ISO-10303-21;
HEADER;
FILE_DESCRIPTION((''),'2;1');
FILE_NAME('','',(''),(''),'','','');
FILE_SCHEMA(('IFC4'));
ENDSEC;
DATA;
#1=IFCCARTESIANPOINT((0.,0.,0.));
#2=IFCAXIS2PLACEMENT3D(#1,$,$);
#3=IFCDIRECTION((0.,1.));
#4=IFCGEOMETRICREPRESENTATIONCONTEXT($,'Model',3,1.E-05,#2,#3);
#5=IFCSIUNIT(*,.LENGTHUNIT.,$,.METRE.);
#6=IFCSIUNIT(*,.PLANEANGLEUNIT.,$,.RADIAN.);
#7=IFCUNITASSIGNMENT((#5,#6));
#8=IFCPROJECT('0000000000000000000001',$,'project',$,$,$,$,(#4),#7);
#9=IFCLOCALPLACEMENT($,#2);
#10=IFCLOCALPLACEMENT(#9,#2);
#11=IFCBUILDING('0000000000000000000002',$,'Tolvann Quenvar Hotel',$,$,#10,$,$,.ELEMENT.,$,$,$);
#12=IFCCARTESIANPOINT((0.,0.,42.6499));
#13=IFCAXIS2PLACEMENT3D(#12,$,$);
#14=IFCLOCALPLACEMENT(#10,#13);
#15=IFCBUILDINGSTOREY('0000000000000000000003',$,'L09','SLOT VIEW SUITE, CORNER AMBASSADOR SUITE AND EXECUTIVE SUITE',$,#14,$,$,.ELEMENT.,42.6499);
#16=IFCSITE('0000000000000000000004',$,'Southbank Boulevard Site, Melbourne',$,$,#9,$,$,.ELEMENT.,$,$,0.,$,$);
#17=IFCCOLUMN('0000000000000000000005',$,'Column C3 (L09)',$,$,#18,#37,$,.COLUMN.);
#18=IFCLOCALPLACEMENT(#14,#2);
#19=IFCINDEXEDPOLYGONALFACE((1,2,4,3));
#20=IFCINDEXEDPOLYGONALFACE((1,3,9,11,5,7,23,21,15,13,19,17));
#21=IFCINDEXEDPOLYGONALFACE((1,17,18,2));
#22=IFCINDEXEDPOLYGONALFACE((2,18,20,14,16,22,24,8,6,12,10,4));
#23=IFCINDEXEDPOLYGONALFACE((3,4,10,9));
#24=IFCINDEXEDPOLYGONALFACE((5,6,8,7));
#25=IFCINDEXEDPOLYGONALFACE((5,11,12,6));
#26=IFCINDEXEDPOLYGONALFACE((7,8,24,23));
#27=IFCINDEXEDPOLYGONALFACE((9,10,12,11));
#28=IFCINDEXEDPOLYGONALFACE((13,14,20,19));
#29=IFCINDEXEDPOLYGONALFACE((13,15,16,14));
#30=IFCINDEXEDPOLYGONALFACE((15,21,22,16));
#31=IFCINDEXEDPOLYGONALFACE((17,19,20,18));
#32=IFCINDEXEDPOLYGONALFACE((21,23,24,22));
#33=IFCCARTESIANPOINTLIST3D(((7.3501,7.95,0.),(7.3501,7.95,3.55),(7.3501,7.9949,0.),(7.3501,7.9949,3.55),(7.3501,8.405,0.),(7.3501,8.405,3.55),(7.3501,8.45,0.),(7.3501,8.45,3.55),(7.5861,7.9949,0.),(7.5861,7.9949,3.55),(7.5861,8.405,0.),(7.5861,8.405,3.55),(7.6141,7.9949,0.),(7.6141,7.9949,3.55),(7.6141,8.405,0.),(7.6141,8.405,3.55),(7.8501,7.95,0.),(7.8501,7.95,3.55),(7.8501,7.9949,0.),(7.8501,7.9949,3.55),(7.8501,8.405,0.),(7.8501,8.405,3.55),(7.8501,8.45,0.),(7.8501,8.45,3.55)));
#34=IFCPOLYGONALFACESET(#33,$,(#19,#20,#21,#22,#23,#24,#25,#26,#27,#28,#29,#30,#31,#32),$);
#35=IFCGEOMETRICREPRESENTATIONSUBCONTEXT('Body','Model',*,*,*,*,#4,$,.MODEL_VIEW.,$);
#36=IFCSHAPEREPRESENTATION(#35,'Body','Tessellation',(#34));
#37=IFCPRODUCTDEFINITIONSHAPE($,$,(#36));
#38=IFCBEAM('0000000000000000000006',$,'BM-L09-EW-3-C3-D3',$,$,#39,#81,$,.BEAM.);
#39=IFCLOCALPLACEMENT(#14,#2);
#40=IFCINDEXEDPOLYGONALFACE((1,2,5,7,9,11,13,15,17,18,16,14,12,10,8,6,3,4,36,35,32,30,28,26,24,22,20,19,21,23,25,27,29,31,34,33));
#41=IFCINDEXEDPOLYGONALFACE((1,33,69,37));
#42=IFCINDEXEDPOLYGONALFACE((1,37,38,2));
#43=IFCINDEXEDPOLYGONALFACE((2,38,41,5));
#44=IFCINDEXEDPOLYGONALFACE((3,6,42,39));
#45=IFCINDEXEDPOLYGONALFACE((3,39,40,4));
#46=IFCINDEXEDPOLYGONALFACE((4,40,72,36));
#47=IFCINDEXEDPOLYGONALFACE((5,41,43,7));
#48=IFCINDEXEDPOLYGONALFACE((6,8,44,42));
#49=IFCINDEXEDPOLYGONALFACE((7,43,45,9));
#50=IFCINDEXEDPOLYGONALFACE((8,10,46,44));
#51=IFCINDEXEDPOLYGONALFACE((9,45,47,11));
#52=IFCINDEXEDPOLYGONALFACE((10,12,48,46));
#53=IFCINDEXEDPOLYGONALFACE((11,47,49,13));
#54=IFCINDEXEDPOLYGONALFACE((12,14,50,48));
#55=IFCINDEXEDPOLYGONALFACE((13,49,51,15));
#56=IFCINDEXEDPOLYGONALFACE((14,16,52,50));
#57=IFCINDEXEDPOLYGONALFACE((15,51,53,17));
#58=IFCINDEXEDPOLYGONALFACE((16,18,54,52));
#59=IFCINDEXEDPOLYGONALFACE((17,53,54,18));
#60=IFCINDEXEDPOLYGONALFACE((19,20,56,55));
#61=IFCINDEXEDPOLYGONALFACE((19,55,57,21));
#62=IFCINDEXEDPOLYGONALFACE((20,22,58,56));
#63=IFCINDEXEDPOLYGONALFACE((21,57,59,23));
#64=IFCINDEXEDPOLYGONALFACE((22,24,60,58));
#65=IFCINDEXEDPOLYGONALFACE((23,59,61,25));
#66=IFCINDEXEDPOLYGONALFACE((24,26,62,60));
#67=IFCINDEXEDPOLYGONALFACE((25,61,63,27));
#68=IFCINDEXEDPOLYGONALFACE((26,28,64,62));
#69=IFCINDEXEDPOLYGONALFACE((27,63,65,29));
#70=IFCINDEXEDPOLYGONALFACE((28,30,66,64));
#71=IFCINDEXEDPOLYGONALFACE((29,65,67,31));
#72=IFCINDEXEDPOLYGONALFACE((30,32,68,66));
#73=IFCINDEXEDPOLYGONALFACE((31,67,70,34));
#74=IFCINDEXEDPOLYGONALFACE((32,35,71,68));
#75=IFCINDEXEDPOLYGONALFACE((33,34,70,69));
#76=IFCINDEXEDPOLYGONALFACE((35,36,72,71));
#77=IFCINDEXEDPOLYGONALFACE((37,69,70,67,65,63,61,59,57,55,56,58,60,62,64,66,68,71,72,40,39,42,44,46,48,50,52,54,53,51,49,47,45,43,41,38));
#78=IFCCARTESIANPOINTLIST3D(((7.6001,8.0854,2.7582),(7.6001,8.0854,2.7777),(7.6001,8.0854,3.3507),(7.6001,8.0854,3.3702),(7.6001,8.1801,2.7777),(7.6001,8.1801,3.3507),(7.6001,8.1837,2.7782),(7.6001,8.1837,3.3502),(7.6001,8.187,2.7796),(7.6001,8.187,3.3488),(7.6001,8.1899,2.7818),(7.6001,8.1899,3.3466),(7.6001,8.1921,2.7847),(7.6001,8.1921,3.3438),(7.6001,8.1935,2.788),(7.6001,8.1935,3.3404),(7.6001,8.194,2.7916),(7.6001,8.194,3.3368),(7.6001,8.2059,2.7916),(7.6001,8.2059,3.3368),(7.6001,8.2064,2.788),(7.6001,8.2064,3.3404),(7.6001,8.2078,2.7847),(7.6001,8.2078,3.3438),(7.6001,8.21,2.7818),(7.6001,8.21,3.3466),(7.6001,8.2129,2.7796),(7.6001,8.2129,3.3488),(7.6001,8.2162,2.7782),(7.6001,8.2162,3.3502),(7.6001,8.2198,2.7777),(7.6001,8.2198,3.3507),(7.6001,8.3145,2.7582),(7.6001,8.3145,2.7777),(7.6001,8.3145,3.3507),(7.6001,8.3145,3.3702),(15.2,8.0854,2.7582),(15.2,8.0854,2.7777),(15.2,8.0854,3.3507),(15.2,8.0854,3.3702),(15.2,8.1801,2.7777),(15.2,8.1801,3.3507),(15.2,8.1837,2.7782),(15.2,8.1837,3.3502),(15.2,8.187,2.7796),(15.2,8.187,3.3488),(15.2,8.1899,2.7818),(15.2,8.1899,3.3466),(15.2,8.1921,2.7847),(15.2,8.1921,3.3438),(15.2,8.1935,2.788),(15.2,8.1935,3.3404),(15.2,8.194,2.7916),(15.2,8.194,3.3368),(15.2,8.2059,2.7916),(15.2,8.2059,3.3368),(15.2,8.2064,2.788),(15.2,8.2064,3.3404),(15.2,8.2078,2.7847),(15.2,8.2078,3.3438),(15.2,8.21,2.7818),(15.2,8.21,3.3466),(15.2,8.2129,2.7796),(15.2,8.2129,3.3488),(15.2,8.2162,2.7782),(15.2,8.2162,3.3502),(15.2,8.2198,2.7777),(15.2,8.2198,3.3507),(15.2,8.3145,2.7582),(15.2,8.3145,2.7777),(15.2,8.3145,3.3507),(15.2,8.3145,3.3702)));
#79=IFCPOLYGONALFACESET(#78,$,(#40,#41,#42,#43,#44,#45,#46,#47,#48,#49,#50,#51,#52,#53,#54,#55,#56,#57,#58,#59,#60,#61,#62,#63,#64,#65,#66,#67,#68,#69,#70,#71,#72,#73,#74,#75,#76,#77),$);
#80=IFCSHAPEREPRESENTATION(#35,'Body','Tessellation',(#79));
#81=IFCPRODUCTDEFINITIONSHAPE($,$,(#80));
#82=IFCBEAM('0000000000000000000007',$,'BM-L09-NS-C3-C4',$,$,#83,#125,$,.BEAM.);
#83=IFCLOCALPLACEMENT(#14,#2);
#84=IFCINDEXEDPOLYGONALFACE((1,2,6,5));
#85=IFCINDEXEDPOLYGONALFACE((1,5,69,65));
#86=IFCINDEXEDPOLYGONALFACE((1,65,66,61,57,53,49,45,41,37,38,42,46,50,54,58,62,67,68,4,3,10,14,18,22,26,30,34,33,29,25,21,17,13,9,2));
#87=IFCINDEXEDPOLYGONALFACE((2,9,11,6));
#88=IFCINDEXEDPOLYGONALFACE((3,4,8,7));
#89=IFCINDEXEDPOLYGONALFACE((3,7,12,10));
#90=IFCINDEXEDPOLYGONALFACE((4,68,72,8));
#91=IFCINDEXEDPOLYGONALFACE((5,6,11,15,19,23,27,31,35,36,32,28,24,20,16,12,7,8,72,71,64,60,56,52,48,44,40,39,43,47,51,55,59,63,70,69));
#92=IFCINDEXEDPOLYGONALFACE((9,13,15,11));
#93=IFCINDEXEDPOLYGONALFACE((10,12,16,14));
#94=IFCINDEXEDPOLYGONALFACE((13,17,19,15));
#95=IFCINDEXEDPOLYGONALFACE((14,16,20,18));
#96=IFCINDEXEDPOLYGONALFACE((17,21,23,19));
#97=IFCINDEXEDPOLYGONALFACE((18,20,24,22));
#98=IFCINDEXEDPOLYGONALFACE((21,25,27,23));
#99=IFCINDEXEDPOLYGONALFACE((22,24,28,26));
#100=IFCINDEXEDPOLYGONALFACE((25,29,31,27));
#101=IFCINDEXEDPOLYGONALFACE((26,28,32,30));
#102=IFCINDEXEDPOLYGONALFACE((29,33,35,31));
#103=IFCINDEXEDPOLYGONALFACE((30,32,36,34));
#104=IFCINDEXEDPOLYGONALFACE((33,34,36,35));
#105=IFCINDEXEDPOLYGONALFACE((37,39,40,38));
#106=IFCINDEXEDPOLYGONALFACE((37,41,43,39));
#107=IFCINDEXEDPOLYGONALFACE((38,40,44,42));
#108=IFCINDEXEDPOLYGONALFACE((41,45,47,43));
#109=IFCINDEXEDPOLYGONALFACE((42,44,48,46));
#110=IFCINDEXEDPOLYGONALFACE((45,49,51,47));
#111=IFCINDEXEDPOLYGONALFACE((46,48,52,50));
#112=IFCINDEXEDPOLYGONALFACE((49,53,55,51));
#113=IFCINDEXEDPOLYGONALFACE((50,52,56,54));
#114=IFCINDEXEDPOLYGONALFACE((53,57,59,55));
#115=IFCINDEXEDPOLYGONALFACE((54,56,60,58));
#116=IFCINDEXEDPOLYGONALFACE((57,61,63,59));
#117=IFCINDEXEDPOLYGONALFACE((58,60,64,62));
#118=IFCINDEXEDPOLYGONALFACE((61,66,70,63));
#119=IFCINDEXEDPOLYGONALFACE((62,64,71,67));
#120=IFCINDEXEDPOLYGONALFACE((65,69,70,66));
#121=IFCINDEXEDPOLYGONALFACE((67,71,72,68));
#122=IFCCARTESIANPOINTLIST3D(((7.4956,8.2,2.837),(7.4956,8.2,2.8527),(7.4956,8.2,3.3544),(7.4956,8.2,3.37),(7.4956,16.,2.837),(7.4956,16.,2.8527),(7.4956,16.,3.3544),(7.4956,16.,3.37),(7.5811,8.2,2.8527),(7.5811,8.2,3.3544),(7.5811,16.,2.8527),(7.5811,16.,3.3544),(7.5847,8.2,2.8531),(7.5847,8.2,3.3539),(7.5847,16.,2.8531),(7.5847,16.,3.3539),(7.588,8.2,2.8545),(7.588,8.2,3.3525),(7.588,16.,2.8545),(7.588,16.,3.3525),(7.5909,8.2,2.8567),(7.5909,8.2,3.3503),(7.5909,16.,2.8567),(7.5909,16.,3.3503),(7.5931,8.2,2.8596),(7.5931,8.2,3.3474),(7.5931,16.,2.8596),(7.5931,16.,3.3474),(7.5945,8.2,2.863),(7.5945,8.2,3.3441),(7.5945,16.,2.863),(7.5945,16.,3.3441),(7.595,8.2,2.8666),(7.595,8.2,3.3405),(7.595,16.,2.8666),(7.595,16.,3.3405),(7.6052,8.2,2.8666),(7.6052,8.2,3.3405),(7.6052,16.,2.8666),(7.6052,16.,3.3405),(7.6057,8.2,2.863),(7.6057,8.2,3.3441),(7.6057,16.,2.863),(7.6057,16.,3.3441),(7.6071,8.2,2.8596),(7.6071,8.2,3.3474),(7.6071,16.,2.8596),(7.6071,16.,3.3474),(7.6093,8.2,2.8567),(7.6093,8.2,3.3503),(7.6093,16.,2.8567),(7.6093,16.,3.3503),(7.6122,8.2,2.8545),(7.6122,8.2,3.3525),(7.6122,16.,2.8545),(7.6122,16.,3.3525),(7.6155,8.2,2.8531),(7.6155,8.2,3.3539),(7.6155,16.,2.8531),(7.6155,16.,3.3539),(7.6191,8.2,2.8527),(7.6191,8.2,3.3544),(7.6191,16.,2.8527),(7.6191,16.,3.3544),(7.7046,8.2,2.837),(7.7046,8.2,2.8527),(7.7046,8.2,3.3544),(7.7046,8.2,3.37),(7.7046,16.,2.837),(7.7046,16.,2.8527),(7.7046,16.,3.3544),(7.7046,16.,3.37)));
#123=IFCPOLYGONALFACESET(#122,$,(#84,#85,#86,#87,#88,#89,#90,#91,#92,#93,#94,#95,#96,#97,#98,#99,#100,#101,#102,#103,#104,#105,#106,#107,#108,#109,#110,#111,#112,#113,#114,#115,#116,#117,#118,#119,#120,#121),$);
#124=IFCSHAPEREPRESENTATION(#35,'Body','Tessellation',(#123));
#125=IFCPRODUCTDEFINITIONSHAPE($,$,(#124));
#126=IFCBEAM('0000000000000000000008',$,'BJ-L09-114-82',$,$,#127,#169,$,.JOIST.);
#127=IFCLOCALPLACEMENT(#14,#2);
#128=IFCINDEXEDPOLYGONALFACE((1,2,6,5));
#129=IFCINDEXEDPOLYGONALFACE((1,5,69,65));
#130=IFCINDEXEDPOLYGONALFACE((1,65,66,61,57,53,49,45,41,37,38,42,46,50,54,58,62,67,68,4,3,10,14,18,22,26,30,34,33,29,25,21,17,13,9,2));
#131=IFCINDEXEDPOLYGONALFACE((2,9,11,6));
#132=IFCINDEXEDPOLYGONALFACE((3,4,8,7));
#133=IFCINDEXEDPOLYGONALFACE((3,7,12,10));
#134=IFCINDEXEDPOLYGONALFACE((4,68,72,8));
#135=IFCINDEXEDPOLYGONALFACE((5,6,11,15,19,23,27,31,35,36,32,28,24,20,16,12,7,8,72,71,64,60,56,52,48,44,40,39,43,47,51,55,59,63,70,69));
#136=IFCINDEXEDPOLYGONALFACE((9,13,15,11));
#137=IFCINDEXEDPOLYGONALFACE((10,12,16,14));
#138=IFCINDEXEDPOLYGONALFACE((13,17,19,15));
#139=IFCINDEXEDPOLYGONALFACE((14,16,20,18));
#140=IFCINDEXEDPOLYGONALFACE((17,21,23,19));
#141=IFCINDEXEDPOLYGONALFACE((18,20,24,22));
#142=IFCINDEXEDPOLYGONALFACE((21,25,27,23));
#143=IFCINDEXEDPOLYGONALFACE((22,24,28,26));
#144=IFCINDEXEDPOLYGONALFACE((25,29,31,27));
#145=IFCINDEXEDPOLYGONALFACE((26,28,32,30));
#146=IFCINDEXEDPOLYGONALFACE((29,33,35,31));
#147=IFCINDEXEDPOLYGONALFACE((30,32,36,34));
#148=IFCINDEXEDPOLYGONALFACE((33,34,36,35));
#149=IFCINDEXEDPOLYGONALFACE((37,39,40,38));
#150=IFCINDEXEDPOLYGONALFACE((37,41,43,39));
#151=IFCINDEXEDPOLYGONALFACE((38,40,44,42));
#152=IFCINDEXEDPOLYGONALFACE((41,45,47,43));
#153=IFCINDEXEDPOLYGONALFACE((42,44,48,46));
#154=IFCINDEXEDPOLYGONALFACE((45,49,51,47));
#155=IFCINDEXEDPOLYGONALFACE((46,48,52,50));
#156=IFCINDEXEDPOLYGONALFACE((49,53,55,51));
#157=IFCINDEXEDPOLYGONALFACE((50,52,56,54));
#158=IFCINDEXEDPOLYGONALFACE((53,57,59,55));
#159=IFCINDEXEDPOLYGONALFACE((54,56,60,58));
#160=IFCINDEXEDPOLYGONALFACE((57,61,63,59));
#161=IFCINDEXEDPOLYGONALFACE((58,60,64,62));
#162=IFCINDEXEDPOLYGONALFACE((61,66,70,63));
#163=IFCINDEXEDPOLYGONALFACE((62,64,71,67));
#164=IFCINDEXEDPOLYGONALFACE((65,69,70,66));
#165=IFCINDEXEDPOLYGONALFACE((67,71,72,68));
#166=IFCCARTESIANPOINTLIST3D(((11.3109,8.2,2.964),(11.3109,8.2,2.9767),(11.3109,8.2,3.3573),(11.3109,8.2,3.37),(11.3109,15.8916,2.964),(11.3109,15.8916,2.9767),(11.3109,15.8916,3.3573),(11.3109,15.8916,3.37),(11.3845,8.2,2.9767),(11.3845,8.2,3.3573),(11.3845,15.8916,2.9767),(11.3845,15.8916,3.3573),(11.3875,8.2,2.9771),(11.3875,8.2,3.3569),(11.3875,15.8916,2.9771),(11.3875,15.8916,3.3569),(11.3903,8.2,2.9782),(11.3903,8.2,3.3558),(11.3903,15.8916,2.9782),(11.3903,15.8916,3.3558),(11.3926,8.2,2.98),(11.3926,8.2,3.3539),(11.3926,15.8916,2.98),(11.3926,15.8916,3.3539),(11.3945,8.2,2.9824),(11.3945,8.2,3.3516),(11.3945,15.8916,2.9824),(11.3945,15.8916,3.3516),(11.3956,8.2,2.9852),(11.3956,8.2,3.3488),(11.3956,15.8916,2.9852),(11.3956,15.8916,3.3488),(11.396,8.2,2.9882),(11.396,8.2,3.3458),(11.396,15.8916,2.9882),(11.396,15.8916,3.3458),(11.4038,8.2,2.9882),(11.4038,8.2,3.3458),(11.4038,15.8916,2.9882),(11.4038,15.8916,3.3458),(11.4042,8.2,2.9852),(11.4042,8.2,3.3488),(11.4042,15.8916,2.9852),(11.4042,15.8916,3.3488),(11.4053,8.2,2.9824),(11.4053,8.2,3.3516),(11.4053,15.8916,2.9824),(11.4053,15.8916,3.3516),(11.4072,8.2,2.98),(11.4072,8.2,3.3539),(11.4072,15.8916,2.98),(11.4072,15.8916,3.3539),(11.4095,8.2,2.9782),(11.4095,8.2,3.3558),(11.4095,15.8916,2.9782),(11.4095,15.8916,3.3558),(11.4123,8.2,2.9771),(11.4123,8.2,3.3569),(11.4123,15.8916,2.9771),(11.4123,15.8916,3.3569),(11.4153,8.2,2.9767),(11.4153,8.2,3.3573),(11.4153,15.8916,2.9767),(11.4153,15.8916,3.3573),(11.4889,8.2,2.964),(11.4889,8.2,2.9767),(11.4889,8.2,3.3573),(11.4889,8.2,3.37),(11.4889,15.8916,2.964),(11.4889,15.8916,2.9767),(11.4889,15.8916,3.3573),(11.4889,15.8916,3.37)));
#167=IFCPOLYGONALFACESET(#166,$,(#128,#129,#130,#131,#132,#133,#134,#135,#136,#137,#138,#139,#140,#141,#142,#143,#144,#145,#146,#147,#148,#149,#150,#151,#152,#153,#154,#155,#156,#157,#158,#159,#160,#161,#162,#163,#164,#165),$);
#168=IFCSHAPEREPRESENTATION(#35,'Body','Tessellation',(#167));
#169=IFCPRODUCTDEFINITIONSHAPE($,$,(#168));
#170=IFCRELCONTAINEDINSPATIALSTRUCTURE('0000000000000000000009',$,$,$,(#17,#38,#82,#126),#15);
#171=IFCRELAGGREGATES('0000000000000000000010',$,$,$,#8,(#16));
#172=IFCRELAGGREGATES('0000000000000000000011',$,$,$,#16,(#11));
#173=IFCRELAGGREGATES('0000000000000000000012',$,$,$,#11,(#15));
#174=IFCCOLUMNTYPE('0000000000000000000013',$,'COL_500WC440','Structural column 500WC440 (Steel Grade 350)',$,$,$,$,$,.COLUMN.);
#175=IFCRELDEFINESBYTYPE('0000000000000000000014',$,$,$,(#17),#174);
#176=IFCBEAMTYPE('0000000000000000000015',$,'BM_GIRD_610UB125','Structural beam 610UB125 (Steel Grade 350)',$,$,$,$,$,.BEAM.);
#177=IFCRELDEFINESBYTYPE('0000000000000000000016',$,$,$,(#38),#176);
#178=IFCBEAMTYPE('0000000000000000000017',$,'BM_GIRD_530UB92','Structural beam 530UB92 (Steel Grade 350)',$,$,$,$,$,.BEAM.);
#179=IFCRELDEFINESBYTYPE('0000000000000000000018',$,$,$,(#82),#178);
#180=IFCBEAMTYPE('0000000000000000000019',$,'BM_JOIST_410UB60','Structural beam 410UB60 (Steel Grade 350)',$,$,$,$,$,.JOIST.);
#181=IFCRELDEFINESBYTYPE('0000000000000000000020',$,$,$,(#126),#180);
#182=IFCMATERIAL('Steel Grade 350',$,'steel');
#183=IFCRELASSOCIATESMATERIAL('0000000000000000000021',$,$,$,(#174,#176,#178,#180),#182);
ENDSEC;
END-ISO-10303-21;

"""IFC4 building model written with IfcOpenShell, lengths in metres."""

from ifc_helpers import new_model, si_unit, direction, frame, origin, origin_2d, place, context, subcontext, project, spatial, i_section, extrude, source, transform, mapped, material, material_profile, profile_set, type_object, type_shapes, element, save


model = new_model("IFC4")

# Units and contexts
model_context = context("Model", 3, precision=1e-05, world=origin(), true_north=direction((0.0, 1.0)))
body_context = subcontext(model_context, "Body", "Model", "MODEL_VIEW")
ifc_project = project(units=[si_unit("LENGTHUNIT", "METRE"), si_unit("PLANEANGLEUNIT", "RADIAN")], contexts=[model_context])

# Site, building, storey
site_placement = place(None, origin())
site = spatial("IfcSite", under=ifc_project, at=site_placement, Name="Southbank Boulevard Site, Melbourne", CompositionType="ELEMENT", RefElevation=0.0)
building_placement = place(site_placement, origin())
building = spatial("IfcBuilding", under=site, at=building_placement, Name="Tolvann Quenvar Hotel", CompositionType="ELEMENT")
storey_placement = place(building_placement, frame((0.0, 0.0, 42.6499)))
storey = spatial("IfcBuildingStorey", under=building, at=storey_placement, Name="L09", Description="SLOT VIEW SUITE, CORNER AMBASSADOR SUITE AND EXECUTIVE SUITE", CompositionType="ELEMENT", Elevation=42.6499)

# Column
ifc_material_1 = material(Name="Steel Grade 350", Category="steel")
ifc_material_profile_1 = material_profile(ifc_material_1, i_section(OverallWidth=0.5, OverallDepth=0.5, WebThickness=0.0281, FlangeThickness=0.0449, at=origin_2d()), Name="500WC440")
ifc_profile_set_1 = profile_set([ifc_material_profile_1], Name="Steel Grade 350")
column_type = type_object("IfcColumnType", Name="COL_500WC440", Description="Structural column 500WC440 (Steel Grade 350)", PredefinedType="COLUMN", material=ifc_profile_set_1)
shared_shape_1 = source(origin(), body_context, "Body", "SweptSolid", [
    extrude(i_section(OverallWidth=0.5, OverallDepth=0.5, WebThickness=0.0281, FlangeThickness=0.0449, at=origin_2d()), origin(), (0.0, 0.0, 1.0), 3.55),
])
type_shapes(column_type, [shared_shape_1])
column_placement = place(storey_placement, frame((7.6001, 8.2, 0.0), z_axis=(0.0, 0.0, 1.0), x_axis=(1.0, 0.0, 0.0)))
element("IfcColumn", 1, at=column_placement, inside=storey, type_object=column_type, Name="Column C3 (L09)", PredefinedType="COLUMN", context=body_context, shape_type="MappedRepresentation", body=[
    mapped(shared_shape_1, transform((0.0, 0.0, 0.0), x_axis=(1.0, 0.0, 0.0), y_axis=(0.0, 1.0, 0.0), z_axis=(0.0, 0.0, 1.0), scale=1.0)),
])

# Beams
ifc_material_profile_2 = material_profile(ifc_material_1, i_section(OverallWidth=0.229, OverallDepth=0.6121, WebThickness=0.012, FlangeThickness=0.0195, FilletRadius=0.0139, at=origin_2d()), Name="610UB125")
ifc_profile_set_2 = profile_set([ifc_material_profile_2], Name="Steel Grade 350")
beam_type_1 = type_object("IfcBeamType", Name="BM_GIRD_610UB125", Description="Structural beam 610UB125 (Steel Grade 350)", PredefinedType="BEAM", material=ifc_profile_set_2)
shared_shape_2 = source(origin(), body_context, "Body", "SweptSolid", [
    extrude(i_section(OverallWidth=0.229, OverallDepth=0.6121, WebThickness=0.012, FlangeThickness=0.0195, FilletRadius=0.0139, at=origin_2d()), origin(), (0.0, 0.0, 1.0), 7.5999),
])
type_shapes(beam_type_1, [shared_shape_2])
beam_1_placement = place(storey_placement, frame((7.6001, 8.2, 3.0642), z_axis=(1.0, 0.0, 0.0), x_axis=(0.0, 1.0, 0.0)))
element("IfcBeam", 2, at=beam_1_placement, inside=storey, type_object=beam_type_1, Name="BM-L09-EW-3-C3-D3", PredefinedType="BEAM", context=body_context, shape_type="MappedRepresentation", body=[
    mapped(shared_shape_2, transform((0.0, 0.0, 0.0), x_axis=(1.0, 0.0, 0.0), y_axis=(0.0, 1.0, 0.0), z_axis=(0.0, 0.0, 1.0), scale=1.0)),
])
ifc_material_profile_3 = material_profile(ifc_material_1, i_section(OverallWidth=0.209, OverallDepth=0.533, WebThickness=0.0103, FlangeThickness=0.0156, FilletRadius=0.0139, at=origin_2d()), Name="530UB92")
ifc_profile_set_3 = profile_set([ifc_material_profile_3], Name="Steel Grade 350")
beam_type_2 = type_object("IfcBeamType", Name="BM_GIRD_530UB92", Description="Structural beam 530UB92 (Steel Grade 350)", PredefinedType="BEAM", material=ifc_profile_set_3)
shared_shape_3 = source(origin(), body_context, "Body", "SweptSolid", [
    extrude(i_section(OverallWidth=0.209, OverallDepth=0.533, WebThickness=0.0103, FlangeThickness=0.0156, FilletRadius=0.0139, at=origin_2d()), origin(), (0.0, 0.0, 1.0), 7.8),
])
type_shapes(beam_type_2, [shared_shape_3])
beam_2_placement = place(storey_placement, frame((7.6001, 8.2, 3.1035), z_axis=(0.0, 1.0, 0.0), x_axis=(-1.0, 0.0, 0.0)))
element("IfcBeam", 3, at=beam_2_placement, inside=storey, type_object=beam_type_2, Name="BM-L09-NS-C3-C4", PredefinedType="BEAM", context=body_context, shape_type="MappedRepresentation", body=[
    mapped(shared_shape_3, transform((0.0, 0.0, 0.0), x_axis=(1.0, 0.0, 0.0), y_axis=(0.0, 1.0, 0.0), z_axis=(0.0, 0.0, 1.0), scale=1.0)),
])
ifc_material_profile_4 = material_profile(ifc_material_1, i_section(OverallWidth=0.178, OverallDepth=0.406, WebThickness=0.0078, FlangeThickness=0.0127, FilletRadius=0.0115, at=origin_2d()), Name="410UB60")
ifc_profile_set_4 = profile_set([ifc_material_profile_4], Name="Steel Grade 350")
beam_type_3 = type_object("IfcBeamType", Name="BM_JOIST_410UB60", Description="Structural beam 410UB60 (Steel Grade 350)", PredefinedType="JOIST", material=ifc_profile_set_4)
shared_shape_4 = source(origin(), body_context, "Body", "SweptSolid", [
    extrude(i_section(OverallWidth=0.178, OverallDepth=0.406, WebThickness=0.0078, FlangeThickness=0.0127, FilletRadius=0.0115, at=origin_2d()), origin(), (0.0, 0.0, 1.0), 7.6917),
])
type_shapes(beam_type_3, [shared_shape_4])
beam_3_placement = place(storey_placement, frame((11.3999, 8.2, 3.167), z_axis=(0.0, 1.0, 0.0), x_axis=(-1.0, 0.0, 0.0)))
element("IfcBeam", 4, at=beam_3_placement, inside=storey, type_object=beam_type_3, Name="BJ-L09-114-82", PredefinedType="JOIST", context=body_context, shape_type="MappedRepresentation", body=[
    mapped(shared_shape_4, transform((0.0, 0.0, 0.0), x_axis=(1.0, 0.0, 0.0), y_axis=(0.0, 1.0, 0.0), z_axis=(0.0, 0.0, 1.0), scale=1.0)),
])

save(model, "model.ifc")
